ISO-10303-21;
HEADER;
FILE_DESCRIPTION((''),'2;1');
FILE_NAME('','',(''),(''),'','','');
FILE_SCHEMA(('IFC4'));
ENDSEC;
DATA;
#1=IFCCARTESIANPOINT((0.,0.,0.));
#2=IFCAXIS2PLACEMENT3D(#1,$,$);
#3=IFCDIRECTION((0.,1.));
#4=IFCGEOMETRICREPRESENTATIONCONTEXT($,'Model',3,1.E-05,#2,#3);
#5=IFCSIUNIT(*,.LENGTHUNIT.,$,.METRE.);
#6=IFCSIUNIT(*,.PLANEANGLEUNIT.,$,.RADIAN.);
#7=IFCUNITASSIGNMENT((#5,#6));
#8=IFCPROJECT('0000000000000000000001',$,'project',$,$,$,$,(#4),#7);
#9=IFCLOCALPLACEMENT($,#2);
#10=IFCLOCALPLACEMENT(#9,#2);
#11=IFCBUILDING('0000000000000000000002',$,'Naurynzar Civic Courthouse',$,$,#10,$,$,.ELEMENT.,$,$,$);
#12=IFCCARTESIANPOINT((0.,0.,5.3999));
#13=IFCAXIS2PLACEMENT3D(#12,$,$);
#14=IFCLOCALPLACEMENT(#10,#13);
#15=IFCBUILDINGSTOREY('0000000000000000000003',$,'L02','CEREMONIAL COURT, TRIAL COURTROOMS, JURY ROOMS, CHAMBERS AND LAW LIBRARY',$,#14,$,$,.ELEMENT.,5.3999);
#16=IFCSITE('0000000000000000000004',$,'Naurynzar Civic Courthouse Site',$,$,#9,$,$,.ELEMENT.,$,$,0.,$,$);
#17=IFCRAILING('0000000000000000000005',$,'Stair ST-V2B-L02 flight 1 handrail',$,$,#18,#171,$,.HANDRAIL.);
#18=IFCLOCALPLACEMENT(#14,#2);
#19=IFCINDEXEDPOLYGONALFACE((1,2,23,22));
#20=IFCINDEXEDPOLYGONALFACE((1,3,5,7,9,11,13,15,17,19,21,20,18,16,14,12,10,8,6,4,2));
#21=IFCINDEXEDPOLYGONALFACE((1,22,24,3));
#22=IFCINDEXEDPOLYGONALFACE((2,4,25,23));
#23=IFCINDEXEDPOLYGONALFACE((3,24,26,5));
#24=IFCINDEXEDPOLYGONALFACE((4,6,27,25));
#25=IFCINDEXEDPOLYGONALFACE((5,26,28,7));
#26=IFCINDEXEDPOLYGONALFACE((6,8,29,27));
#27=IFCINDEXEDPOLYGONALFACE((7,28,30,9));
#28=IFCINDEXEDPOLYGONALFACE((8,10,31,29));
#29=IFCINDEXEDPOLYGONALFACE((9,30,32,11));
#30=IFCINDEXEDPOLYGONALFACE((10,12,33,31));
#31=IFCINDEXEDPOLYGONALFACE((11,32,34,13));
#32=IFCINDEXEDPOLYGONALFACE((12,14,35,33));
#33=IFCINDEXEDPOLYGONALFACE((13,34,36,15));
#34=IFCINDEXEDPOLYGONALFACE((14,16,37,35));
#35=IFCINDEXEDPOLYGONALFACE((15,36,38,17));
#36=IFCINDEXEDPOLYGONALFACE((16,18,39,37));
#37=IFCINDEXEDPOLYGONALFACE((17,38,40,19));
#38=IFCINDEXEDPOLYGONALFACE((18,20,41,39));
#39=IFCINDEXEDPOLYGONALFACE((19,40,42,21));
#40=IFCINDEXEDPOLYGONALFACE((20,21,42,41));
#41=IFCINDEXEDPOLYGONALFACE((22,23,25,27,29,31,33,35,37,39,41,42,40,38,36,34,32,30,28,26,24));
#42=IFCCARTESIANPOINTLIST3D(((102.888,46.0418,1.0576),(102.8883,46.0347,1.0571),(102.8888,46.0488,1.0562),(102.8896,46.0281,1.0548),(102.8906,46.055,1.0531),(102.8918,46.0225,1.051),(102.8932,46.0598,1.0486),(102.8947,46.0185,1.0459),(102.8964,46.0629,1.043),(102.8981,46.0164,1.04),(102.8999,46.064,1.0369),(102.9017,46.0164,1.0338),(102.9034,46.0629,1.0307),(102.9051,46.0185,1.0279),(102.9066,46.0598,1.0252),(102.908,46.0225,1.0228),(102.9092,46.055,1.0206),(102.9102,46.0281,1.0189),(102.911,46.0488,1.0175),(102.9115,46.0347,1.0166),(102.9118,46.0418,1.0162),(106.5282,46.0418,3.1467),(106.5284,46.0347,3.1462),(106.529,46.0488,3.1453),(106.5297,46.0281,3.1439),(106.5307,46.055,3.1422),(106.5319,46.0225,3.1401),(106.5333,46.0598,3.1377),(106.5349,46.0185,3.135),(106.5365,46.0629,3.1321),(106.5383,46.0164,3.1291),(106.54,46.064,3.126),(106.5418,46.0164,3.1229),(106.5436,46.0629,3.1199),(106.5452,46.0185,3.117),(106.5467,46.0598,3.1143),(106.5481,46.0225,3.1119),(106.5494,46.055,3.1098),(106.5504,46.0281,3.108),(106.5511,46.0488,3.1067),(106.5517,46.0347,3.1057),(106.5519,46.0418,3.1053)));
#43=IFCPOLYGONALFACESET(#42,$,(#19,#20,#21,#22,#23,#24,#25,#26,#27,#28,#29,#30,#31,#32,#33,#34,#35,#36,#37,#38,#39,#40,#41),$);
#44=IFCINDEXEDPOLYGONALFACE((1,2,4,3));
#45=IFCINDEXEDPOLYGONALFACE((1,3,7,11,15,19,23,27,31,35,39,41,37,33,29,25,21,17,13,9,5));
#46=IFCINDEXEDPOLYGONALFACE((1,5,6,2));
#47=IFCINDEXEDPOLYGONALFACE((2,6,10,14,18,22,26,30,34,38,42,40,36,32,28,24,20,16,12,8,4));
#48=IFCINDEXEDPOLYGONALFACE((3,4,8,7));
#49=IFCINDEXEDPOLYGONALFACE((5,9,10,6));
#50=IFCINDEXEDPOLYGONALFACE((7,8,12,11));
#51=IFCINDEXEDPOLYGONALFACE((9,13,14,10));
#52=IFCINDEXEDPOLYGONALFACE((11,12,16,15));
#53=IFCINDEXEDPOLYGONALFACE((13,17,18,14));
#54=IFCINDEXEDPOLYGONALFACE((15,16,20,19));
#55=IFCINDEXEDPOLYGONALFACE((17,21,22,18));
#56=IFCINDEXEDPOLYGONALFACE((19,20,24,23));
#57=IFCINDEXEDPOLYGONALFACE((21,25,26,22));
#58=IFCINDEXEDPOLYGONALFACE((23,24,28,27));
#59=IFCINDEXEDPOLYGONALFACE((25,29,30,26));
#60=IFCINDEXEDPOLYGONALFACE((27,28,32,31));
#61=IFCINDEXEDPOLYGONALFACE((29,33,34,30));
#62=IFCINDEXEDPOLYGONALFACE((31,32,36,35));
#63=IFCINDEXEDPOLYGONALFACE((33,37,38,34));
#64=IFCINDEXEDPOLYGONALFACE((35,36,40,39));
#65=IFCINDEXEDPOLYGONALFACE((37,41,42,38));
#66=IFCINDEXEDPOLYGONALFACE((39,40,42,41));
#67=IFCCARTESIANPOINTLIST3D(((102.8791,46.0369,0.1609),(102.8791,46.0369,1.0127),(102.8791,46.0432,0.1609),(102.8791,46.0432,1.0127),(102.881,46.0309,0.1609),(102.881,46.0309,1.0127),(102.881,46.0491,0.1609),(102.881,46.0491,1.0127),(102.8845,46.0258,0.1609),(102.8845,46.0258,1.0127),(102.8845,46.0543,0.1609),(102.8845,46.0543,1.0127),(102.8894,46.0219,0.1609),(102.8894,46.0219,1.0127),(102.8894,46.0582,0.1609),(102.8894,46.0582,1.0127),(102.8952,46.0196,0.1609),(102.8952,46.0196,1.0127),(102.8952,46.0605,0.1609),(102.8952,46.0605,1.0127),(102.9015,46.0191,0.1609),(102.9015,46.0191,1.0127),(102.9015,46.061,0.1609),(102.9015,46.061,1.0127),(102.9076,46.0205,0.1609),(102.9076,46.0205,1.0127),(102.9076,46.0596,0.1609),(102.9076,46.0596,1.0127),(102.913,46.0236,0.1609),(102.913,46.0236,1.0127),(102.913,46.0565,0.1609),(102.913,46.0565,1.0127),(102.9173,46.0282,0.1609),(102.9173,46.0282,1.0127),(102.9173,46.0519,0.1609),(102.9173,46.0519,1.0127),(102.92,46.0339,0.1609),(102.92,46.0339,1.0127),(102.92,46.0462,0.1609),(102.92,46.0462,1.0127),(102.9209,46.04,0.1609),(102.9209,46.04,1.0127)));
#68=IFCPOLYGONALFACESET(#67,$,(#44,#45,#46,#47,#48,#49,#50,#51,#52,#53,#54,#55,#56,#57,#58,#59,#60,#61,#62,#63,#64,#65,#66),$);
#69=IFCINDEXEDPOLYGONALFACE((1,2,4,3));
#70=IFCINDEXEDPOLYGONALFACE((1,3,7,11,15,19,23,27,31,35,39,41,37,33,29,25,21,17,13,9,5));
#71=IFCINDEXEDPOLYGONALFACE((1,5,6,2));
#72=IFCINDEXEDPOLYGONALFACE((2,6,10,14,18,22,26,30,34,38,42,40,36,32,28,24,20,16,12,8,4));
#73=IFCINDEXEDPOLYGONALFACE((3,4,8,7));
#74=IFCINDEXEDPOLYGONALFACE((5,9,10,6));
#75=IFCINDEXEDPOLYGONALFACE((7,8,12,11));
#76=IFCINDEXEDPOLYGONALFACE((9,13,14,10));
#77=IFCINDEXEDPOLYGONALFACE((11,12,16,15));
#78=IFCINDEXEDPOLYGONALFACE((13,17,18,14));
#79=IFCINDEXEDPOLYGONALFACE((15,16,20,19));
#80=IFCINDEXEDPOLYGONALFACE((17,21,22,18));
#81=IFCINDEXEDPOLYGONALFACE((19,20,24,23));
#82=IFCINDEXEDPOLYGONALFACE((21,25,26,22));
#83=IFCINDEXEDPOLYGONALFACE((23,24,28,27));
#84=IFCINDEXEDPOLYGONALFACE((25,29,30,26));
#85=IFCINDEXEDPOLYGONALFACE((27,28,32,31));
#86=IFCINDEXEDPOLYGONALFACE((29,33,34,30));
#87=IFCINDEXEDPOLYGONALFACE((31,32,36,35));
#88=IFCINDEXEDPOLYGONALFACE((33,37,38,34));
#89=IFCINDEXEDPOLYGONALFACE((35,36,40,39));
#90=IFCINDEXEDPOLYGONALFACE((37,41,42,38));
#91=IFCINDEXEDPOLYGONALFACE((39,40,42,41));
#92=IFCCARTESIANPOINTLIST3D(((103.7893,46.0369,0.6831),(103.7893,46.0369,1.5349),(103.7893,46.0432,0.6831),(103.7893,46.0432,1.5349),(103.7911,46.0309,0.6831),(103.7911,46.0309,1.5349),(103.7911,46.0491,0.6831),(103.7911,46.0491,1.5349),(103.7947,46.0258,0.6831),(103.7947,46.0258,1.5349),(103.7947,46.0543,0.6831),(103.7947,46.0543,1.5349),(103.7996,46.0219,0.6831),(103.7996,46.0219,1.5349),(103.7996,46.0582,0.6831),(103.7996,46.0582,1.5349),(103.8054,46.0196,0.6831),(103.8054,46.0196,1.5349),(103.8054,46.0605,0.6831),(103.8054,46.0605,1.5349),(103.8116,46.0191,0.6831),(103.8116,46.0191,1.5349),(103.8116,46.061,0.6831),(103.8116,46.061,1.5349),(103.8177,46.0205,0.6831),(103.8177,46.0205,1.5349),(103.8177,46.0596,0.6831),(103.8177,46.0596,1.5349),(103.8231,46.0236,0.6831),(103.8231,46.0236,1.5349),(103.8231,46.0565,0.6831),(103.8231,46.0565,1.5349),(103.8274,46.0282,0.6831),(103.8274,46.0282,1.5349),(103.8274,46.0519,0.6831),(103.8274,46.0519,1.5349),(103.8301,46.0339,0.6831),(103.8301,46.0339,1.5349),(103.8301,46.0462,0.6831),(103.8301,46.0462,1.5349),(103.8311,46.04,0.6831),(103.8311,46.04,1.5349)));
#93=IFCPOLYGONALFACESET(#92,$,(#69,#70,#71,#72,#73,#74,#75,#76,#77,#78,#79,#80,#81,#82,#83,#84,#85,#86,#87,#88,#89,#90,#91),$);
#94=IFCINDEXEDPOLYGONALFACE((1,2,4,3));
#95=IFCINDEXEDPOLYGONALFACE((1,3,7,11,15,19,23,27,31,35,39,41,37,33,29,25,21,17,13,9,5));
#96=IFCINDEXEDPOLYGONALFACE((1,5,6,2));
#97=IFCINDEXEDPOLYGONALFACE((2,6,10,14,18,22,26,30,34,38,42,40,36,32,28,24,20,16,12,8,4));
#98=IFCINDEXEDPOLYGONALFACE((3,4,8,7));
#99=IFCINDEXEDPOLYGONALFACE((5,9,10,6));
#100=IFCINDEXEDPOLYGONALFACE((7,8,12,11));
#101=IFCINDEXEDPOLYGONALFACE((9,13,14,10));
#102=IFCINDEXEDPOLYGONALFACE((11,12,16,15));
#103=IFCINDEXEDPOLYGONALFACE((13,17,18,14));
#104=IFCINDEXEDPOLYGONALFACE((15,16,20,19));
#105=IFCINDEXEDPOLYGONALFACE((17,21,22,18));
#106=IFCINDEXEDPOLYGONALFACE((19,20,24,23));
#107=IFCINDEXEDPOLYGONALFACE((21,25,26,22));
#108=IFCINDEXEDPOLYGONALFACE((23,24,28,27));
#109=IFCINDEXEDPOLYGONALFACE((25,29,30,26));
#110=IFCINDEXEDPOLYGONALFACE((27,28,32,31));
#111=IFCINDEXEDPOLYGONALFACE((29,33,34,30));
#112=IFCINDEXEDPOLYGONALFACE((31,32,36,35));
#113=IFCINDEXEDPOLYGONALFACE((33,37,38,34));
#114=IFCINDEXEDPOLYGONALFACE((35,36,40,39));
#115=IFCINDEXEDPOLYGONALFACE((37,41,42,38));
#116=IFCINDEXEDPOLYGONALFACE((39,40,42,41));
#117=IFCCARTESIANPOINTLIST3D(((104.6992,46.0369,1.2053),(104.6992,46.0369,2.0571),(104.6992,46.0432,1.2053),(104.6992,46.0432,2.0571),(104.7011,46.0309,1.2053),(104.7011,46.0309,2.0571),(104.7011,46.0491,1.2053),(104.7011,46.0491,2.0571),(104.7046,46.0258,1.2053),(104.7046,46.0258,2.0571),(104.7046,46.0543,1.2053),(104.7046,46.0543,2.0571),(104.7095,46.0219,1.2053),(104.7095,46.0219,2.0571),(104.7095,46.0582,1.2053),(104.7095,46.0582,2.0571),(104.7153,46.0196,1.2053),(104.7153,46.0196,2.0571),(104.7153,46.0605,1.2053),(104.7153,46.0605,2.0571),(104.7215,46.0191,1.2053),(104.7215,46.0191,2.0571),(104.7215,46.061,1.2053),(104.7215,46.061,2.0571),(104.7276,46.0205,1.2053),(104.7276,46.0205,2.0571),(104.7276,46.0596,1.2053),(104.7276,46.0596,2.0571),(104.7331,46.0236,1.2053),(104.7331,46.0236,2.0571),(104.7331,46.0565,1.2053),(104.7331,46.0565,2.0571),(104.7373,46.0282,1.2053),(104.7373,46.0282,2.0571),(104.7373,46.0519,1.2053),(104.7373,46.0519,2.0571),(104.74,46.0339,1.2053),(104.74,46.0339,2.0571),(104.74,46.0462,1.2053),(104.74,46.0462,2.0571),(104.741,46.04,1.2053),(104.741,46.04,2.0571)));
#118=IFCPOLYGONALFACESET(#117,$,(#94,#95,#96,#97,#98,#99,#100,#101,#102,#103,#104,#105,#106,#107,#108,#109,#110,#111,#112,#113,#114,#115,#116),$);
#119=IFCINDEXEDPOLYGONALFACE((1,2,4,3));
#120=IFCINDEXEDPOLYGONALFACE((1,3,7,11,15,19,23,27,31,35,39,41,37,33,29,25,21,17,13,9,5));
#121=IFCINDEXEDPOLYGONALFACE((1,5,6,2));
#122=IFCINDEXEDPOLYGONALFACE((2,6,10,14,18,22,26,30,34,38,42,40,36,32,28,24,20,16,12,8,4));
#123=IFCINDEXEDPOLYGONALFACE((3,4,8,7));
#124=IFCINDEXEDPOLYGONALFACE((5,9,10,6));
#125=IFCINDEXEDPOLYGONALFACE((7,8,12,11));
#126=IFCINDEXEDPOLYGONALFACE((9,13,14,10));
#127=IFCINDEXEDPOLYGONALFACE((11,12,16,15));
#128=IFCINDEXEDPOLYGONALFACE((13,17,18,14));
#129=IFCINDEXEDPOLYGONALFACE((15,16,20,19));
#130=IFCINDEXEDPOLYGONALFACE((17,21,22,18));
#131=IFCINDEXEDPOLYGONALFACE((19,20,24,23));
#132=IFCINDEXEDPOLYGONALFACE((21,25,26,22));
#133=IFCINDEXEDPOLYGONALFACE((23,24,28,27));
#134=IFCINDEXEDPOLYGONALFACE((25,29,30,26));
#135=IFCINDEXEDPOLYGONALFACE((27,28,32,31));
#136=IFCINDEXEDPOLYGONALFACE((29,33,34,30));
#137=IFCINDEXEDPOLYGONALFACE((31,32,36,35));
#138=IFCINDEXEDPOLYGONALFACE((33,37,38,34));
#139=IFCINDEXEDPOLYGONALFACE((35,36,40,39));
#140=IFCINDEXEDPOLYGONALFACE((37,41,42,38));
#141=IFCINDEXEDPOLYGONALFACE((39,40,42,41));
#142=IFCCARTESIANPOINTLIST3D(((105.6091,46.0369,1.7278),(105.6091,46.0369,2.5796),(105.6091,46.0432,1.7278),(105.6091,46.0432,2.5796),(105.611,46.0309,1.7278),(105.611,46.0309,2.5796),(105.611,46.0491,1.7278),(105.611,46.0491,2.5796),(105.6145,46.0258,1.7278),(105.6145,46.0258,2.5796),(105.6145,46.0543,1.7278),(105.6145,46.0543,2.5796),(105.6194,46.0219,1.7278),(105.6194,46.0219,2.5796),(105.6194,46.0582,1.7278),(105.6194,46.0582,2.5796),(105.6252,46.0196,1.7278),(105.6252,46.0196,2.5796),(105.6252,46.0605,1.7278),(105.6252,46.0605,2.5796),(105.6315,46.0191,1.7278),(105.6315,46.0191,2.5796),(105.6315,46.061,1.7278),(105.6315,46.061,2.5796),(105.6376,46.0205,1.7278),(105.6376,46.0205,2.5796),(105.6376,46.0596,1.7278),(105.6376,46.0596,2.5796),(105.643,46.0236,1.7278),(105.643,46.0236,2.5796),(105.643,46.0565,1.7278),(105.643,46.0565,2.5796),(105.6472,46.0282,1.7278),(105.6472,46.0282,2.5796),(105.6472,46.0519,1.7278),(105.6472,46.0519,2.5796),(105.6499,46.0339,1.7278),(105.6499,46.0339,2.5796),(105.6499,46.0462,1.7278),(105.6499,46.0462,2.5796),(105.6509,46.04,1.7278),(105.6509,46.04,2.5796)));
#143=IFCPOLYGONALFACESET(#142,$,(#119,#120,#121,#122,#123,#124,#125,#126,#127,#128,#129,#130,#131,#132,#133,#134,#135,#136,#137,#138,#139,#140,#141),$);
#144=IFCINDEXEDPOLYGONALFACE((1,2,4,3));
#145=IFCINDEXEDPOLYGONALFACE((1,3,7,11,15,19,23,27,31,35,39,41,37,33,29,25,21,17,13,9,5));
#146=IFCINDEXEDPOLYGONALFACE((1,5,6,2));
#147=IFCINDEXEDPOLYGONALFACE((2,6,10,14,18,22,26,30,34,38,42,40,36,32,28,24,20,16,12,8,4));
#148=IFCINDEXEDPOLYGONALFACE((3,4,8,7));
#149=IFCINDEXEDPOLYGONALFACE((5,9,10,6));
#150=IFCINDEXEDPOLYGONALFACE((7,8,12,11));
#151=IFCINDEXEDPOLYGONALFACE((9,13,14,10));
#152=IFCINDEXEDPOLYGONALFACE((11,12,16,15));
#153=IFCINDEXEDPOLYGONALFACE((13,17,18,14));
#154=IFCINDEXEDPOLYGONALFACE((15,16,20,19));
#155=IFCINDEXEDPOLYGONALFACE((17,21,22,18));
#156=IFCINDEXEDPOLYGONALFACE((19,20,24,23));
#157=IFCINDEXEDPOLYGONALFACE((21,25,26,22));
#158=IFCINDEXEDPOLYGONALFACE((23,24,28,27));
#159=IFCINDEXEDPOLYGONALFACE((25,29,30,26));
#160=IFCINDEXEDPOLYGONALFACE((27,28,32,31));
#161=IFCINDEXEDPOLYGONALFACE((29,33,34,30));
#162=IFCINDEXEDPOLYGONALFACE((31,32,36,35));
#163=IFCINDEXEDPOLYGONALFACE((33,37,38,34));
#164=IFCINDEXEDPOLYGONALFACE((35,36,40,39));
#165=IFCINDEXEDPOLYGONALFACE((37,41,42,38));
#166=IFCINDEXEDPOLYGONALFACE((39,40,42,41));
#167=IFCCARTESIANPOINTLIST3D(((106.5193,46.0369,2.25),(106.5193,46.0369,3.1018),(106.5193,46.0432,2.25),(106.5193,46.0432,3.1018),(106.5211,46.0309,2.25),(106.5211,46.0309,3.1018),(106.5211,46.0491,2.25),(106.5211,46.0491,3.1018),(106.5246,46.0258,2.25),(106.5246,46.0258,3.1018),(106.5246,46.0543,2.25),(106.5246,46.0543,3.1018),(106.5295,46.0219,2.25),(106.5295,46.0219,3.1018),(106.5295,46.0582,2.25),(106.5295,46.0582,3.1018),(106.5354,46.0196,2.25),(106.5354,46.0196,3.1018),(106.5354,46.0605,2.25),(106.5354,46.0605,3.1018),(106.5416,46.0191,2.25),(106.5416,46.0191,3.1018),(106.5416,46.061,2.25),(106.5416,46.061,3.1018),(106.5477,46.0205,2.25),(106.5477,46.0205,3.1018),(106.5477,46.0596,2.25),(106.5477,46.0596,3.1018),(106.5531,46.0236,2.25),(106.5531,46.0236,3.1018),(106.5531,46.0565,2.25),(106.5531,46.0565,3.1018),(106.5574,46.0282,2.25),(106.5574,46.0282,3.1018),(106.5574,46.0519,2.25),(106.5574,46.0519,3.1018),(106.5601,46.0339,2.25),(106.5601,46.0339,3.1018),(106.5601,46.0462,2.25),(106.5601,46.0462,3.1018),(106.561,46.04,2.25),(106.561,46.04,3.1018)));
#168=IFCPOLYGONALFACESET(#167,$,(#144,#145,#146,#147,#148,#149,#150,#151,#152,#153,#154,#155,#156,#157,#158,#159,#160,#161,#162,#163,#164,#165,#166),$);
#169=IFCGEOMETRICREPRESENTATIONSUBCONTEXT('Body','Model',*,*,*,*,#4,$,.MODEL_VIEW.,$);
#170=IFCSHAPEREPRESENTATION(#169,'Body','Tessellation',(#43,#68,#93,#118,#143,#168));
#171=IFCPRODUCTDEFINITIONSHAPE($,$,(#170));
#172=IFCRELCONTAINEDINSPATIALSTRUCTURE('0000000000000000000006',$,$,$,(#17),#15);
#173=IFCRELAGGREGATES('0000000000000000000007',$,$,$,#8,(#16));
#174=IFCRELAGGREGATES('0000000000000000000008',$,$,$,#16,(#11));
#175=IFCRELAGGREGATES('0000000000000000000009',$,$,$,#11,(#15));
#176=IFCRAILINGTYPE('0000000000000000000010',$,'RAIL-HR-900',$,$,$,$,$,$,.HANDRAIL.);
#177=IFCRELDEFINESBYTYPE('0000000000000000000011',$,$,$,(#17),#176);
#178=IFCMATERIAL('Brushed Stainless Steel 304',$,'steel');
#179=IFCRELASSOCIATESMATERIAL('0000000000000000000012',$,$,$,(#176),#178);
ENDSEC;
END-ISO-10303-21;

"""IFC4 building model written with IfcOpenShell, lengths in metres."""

from ifc_helpers import new_model, si_unit, direction, frame, origin, origin_2d, place, context, subcontext, project, spatial, circle, extrude, material, type_object, element, save


model = new_model("IFC4")

# Units and contexts
model_context = context("Model", 3, precision=1e-05, world=origin(), true_north=direction((0.0, 1.0)))
body_context = subcontext(model_context, "Body", "Model", "MODEL_VIEW")
ifc_project = project(units=[si_unit("LENGTHUNIT", "METRE"), si_unit("PLANEANGLEUNIT", "RADIAN")], contexts=[model_context])

# Site, building, storey
site_placement = place(None, origin())
site = spatial("IfcSite", under=ifc_project, at=site_placement, Name="Naurynzar Civic Courthouse Site", CompositionType="ELEMENT", RefElevation=0.0)
building_placement = place(site_placement, origin())
building = spatial("IfcBuilding", under=site, at=building_placement, Name="Naurynzar Civic Courthouse", CompositionType="ELEMENT")
storey_placement = place(building_placement, frame((0.0, 0.0, 5.3999)))
storey = spatial("IfcBuildingStorey", under=building, at=storey_placement, Name="L02", Description="CEREMONIAL COURT, TRIAL COURTROOMS, JURY ROOMS, CHAMBERS AND LAW LIBRARY", CompositionType="ELEMENT", Elevation=5.3999)

# Railing
ifc_material_1 = material(Name="Brushed Stainless Steel 304", Category="steel")
railing_type_1 = type_object("IfcRailingType", Name="RAIL-HR-900", PredefinedType="HANDRAIL", material=ifc_material_1)
railing_1_placement = place(storey_placement, frame((102.8999, 46.04, 0.1609)))
element("IfcRailing", 1, at=railing_1_placement, inside=storey, type_object=railing_type_1, Name="Stair ST-V2B-L02 flight 1 handrail", PredefinedType="HANDRAIL", context=body_context, shape_type="SweptSolid", body=[
    extrude(circle(Radius=0.0239, at=origin_2d()), frame((0.0, 0.0, 0.876), z_axis=(0.867314, 0.0, 0.497761), x_axis=(0.0, 1.0, 0.0)), (0.0, 0.0, 1.0), 4.197),
    extrude(circle(Radius=0.021, at=origin_2d()), origin(), (0.0, 0.0, 1.0), 0.8518),
    extrude(circle(Radius=0.021, at=origin_2d()), frame((0.9102, 0.0, 0.5222)), (0.0, 0.0, 1.0), 0.8518),
    extrude(circle(Radius=0.021, at=origin_2d()), frame((1.8201, 0.0, 1.0444)), (0.0, 0.0, 1.0), 0.8518),
    extrude(circle(Radius=0.021, at=origin_2d()), frame((2.73, 0.0, 1.5669)), (0.0, 0.0, 1.0), 0.8518),
    extrude(circle(Radius=0.021, at=origin_2d()), frame((3.6401, 0.0, 2.0891)), (0.0, 0.0, 1.0), 0.8518),
])

save(model, "model.ifc")
